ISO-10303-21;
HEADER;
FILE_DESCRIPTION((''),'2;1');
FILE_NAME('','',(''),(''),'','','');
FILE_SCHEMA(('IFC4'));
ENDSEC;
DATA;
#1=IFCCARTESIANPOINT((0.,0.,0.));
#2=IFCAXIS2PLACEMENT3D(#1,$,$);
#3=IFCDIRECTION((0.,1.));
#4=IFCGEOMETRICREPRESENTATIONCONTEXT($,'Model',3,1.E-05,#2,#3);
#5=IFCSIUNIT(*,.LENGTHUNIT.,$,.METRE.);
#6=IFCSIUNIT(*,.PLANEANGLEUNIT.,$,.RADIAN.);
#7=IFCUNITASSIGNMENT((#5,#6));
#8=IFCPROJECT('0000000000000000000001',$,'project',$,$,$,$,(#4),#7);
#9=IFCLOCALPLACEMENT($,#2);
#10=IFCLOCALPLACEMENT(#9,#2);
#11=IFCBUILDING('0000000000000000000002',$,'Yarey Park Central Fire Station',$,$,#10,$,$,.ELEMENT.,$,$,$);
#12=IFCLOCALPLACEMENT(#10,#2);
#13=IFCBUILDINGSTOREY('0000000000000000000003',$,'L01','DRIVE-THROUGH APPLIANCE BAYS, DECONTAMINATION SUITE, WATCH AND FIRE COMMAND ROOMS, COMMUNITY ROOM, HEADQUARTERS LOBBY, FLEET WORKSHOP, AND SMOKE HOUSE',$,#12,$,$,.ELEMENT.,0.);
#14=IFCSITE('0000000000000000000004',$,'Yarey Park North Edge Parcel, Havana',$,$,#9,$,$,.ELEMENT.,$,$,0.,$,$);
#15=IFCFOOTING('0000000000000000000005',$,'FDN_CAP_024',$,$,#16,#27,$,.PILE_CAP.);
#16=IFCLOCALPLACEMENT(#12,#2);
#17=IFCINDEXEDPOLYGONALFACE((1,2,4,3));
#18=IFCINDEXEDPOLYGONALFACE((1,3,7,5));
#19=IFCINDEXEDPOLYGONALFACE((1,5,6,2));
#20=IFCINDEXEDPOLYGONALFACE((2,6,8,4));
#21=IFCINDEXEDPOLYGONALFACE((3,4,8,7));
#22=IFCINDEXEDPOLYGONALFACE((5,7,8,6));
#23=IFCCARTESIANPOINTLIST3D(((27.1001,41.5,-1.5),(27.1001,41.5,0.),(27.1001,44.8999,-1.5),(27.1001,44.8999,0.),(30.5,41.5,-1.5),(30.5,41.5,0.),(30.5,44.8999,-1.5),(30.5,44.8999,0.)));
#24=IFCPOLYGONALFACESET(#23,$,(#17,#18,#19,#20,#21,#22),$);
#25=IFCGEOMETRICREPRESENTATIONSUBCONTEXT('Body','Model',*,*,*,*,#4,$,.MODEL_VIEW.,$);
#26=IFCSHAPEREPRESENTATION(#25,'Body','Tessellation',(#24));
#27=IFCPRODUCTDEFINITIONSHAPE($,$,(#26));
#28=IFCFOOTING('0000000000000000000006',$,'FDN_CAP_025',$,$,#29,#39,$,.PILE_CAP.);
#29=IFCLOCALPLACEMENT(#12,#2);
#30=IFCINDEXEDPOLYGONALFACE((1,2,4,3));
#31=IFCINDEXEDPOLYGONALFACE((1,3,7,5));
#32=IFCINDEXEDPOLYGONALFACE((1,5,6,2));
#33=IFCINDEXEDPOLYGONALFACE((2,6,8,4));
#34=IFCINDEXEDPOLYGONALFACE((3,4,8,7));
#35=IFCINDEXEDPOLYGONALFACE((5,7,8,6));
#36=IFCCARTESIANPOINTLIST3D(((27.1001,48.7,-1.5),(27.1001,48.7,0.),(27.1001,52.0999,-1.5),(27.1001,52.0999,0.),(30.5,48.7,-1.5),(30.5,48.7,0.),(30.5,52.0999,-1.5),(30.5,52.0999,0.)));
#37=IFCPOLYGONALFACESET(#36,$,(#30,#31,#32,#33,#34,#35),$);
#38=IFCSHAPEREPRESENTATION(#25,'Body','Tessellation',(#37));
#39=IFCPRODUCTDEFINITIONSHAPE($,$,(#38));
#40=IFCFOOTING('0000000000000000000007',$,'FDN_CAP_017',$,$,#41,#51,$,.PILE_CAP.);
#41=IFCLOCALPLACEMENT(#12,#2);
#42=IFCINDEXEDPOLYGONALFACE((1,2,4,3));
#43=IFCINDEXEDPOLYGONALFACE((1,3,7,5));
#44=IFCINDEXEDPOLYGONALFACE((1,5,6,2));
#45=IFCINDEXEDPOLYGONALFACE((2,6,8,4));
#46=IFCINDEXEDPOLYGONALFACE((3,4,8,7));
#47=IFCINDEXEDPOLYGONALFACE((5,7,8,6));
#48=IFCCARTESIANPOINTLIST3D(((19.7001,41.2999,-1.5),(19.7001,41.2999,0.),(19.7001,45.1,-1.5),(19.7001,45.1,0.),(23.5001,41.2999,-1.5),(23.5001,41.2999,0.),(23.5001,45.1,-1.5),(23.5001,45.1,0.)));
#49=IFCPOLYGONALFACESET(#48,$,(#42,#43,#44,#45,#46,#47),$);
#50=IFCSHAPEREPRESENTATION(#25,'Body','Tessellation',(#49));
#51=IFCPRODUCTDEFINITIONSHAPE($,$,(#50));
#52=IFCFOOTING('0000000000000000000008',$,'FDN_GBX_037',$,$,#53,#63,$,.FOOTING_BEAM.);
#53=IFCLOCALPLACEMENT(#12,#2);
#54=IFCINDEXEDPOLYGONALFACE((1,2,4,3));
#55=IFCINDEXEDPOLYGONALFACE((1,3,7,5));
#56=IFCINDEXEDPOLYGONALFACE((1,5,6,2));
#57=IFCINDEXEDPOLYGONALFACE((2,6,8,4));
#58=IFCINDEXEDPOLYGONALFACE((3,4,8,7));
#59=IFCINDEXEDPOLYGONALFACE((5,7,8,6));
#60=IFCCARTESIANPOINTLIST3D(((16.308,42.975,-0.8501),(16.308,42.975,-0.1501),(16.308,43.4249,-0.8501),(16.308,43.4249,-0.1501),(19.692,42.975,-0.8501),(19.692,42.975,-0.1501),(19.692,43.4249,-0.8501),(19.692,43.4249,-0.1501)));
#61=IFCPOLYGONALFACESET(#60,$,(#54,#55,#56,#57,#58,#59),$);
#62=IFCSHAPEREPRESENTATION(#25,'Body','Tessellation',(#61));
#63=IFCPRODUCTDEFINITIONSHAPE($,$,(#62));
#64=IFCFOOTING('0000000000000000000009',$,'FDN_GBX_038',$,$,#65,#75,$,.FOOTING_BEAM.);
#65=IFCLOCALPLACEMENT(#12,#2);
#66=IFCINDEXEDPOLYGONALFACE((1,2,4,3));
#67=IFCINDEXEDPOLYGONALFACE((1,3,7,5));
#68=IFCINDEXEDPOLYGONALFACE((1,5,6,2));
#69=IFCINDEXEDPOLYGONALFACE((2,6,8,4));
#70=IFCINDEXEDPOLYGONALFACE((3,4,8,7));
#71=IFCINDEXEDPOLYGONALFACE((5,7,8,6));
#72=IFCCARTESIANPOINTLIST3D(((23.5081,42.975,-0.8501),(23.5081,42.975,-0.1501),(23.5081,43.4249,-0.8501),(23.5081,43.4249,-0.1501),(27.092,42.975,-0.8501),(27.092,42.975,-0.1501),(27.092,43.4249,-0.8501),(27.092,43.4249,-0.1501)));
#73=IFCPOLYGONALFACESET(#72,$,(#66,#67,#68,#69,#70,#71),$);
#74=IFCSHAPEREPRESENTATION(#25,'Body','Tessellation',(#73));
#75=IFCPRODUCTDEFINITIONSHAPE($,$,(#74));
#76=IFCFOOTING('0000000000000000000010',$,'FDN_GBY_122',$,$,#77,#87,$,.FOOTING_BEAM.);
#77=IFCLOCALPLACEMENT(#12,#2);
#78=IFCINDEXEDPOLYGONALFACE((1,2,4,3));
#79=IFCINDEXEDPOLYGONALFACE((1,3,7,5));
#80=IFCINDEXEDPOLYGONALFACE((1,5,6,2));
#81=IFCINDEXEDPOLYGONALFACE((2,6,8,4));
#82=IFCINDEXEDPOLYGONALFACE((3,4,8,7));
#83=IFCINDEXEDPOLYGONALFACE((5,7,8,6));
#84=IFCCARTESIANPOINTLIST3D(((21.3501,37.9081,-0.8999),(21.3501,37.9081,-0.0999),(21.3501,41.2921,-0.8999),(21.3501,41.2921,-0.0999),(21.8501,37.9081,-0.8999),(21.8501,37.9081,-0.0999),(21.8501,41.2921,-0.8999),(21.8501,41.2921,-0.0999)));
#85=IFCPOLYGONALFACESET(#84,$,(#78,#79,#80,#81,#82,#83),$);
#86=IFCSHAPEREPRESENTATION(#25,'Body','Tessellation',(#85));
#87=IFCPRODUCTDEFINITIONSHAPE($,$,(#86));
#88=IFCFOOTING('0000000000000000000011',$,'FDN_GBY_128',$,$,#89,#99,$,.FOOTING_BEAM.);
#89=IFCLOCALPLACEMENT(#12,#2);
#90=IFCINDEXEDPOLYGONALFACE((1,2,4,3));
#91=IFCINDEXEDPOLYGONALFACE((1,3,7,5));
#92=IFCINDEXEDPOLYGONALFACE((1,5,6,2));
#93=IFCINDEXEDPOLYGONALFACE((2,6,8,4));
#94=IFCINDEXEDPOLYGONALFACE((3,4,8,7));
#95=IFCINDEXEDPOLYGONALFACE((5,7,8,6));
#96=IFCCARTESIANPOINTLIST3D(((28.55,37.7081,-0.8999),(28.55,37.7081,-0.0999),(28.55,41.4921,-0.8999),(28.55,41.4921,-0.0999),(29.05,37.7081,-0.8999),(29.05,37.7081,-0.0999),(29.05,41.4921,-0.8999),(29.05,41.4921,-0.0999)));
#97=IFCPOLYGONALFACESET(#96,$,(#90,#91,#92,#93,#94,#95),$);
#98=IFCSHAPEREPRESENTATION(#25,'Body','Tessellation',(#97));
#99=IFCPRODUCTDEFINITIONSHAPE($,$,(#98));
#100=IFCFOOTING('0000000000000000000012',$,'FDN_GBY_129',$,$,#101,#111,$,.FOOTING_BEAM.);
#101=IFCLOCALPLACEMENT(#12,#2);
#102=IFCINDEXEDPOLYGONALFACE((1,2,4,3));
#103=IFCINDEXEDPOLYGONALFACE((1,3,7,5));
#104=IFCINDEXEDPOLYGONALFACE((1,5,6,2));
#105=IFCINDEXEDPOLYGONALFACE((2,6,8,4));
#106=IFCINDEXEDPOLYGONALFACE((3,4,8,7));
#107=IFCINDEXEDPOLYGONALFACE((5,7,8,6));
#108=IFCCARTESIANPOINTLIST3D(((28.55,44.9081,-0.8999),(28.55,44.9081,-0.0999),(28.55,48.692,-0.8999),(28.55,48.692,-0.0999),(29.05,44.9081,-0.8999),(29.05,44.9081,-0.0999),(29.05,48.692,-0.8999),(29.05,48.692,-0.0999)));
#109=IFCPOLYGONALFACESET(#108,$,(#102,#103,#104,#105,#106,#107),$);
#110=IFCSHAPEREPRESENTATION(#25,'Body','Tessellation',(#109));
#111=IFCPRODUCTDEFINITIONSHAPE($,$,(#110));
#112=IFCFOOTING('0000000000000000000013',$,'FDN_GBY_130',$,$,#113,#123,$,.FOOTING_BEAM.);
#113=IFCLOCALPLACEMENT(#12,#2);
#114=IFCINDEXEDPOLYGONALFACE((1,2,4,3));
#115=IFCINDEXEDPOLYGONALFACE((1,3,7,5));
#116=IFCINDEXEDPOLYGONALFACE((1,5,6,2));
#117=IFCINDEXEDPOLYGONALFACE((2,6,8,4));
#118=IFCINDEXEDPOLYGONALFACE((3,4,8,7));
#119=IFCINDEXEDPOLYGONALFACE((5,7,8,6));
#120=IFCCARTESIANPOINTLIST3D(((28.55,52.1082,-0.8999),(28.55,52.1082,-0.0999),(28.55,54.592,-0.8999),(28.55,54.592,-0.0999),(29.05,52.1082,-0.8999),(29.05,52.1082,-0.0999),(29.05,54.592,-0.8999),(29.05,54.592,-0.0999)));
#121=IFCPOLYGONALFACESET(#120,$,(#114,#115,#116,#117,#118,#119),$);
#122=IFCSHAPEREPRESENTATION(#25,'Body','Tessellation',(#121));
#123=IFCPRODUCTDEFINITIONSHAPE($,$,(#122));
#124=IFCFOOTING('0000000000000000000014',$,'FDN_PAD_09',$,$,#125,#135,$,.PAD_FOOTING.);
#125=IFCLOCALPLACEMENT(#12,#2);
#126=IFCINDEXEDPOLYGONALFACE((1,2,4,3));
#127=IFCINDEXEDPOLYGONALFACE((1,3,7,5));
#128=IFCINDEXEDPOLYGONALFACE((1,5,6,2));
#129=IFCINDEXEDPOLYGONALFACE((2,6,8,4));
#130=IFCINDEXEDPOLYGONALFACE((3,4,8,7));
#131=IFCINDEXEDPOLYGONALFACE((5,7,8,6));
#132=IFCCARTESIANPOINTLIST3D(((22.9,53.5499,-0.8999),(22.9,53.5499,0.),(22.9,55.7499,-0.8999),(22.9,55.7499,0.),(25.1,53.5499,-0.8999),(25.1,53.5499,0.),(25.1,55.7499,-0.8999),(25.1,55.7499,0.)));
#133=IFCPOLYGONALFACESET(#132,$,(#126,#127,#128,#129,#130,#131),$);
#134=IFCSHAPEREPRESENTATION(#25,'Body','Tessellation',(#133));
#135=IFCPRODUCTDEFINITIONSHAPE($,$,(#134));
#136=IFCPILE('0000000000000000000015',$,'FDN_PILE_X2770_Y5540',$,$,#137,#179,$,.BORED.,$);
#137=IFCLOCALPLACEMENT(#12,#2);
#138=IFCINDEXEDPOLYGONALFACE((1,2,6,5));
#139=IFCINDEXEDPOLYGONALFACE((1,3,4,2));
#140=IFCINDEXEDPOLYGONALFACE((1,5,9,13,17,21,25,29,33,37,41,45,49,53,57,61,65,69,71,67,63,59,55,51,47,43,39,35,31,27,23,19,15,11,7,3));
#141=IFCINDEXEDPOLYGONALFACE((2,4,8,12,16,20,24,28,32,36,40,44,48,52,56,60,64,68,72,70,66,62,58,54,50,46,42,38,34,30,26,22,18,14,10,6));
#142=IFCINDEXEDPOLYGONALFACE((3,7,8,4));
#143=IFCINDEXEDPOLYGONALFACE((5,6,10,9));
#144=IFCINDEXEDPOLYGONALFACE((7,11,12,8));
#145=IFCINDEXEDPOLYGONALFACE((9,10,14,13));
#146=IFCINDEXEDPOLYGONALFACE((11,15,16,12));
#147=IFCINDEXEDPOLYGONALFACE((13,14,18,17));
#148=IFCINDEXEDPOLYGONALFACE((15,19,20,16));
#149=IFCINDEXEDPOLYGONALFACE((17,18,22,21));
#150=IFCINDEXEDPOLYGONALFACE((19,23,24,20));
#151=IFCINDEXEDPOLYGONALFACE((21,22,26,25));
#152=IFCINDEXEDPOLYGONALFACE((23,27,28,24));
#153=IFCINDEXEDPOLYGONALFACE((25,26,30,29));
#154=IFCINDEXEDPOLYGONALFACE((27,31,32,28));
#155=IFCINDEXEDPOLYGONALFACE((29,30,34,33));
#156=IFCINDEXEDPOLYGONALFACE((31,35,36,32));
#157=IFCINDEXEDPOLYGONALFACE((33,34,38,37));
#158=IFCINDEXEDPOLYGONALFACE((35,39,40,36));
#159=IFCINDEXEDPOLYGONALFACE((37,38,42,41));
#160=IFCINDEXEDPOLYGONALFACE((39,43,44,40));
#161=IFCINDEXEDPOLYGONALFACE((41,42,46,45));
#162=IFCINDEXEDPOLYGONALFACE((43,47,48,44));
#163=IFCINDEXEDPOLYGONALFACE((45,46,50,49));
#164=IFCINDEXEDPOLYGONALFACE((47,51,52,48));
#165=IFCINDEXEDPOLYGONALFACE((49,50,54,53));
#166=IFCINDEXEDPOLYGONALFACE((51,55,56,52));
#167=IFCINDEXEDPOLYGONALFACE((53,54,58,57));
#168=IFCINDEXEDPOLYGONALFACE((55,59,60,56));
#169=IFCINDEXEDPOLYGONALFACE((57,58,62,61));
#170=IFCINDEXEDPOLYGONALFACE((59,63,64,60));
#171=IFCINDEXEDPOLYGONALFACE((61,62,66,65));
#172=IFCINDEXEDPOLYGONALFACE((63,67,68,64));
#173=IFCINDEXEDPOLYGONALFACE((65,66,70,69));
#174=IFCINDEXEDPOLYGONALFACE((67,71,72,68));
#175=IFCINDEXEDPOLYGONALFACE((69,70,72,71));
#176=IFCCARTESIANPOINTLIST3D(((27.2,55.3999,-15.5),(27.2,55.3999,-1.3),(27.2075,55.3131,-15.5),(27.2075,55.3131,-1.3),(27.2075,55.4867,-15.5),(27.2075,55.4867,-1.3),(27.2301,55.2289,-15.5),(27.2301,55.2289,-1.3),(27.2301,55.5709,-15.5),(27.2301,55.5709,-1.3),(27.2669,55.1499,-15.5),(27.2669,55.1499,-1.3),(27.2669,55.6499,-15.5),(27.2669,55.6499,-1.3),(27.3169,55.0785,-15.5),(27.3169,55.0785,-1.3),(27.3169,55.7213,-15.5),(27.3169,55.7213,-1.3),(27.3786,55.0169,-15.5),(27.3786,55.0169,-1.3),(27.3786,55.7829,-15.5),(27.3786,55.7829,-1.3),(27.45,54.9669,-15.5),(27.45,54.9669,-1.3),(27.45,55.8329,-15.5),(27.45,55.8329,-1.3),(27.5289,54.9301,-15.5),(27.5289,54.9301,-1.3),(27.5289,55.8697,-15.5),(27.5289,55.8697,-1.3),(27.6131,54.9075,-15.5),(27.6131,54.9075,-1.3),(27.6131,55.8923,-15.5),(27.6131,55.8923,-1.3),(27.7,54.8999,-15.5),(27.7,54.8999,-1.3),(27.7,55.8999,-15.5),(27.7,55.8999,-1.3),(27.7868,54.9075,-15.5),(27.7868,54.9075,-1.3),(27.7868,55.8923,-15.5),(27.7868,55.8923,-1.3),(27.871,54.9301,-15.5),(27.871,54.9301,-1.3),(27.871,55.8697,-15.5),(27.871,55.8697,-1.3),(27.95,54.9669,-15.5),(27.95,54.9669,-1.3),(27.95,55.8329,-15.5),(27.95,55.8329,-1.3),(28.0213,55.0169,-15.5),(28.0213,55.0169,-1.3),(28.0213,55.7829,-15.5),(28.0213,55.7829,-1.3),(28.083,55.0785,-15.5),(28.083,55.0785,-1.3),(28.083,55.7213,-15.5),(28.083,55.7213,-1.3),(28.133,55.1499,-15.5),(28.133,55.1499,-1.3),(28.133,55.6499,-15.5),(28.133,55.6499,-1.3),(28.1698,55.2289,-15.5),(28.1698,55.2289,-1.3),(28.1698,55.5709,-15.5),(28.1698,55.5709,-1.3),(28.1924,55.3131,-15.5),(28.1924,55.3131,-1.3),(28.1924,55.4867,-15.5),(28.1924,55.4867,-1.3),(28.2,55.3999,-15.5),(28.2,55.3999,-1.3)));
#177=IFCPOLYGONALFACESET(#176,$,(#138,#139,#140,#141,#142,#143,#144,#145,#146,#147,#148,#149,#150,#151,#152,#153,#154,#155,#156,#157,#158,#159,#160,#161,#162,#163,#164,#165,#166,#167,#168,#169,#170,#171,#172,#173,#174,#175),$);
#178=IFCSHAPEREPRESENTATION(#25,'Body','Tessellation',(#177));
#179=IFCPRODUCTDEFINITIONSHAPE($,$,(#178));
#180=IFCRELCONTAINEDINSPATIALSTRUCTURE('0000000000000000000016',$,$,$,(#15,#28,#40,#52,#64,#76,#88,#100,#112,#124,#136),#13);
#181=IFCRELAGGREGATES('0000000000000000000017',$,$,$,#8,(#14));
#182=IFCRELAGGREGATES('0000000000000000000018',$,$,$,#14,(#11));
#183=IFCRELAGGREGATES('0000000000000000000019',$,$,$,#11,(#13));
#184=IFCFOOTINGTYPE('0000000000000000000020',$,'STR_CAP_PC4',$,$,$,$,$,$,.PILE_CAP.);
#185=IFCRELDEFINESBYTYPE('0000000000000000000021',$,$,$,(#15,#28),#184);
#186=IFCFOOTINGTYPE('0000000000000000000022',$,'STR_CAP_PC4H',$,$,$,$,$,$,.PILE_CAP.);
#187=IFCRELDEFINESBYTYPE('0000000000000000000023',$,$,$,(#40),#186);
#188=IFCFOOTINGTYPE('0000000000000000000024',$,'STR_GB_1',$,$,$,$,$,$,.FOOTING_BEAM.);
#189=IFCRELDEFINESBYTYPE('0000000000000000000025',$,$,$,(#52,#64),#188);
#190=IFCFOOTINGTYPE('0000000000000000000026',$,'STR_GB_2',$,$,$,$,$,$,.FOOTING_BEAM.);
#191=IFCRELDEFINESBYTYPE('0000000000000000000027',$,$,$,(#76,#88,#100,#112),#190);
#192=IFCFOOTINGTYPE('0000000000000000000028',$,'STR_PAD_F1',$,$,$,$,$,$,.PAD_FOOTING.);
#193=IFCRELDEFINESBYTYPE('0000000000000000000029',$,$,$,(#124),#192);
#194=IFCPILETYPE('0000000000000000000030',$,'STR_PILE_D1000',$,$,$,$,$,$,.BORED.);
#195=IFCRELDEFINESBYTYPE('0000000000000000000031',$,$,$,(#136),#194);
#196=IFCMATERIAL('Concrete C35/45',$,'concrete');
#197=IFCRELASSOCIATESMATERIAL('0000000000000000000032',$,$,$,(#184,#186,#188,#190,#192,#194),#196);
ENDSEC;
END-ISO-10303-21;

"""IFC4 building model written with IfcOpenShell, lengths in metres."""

from ifc_helpers import new_model, si_unit, direction, frame, origin, origin_2d, place, context, subcontext, project, spatial, rectangle, circle, extrude, material, material_profile, profile_set, type_object, element, save


model = new_model("IFC4")

# Units and contexts
model_context = context("Model", 3, precision=1e-05, world=origin(), true_north=direction((0.0, 1.0)))
body_context = subcontext(model_context, "Body", "Model", "MODEL_VIEW")
ifc_project = project(units=[si_unit("LENGTHUNIT", "METRE"), si_unit("PLANEANGLEUNIT", "RADIAN")], contexts=[model_context])

# Site, building, storey
site_placement = place(None, origin())
site = spatial("IfcSite", under=ifc_project, at=site_placement, Name="Yarey Park North Edge Parcel, Havana", CompositionType="ELEMENT", RefElevation=0.0)
building_placement = place(site_placement, origin())
building = spatial("IfcBuilding", under=site, at=building_placement, Name="Yarey Park Central Fire Station", CompositionType="ELEMENT")
storey_placement = place(building_placement, origin())
storey = spatial("IfcBuildingStorey", under=building, at=storey_placement, Name="L01", Description="DRIVE-THROUGH APPLIANCE BAYS, DECONTAMINATION SUITE, WATCH AND FIRE COMMAND ROOMS, COMMUNITY ROOM, HEADQUARTERS LOBBY, FLEET WORKSHOP, AND SMOKE HOUSE", CompositionType="ELEMENT", Elevation=0.0)

# Footings
ifc_material_1 = material(Name="Concrete C35/45", Category="concrete")
footing_type_1 = type_object("IfcFootingType", Name="STR_CAP_PC4", PredefinedType="PILE_CAP", material=ifc_material_1)
for number, where, z_axis, x_axis, name in (
    (1, (28.8, 43.2, -1.5), (0.0, 0.0, 1.0), (1.0, 0.0, 0.0), "FDN_CAP_024"),
    (2, (28.8, 50.3999, -1.5), (0.0, 0.0, 1.0), (1.0, 0.0, 0.0), "FDN_CAP_025"),
):
    element("IfcFooting", number, at=place(storey_placement, frame(where, z_axis=z_axis, x_axis=x_axis)), inside=storey, type_object=footing_type_1, Name=name, PredefinedType="PILE_CAP", context=body_context, shape_type="SweptSolid", body=[
        extrude(rectangle(XDim=3.3999, YDim=3.3999, at=origin_2d()), origin(), (0.0, 0.0, 1.0), 1.5),
    ])
footing_type_2 = type_object("IfcFootingType", Name="STR_CAP_PC4H", PredefinedType="PILE_CAP", material=ifc_material_1)
footing_1_placement = place(storey_placement, frame((21.6001, 43.2, -1.5), z_axis=(0.0, 0.0, 1.0), x_axis=(1.0, 0.0, 0.0)))
element("IfcFooting", 3, at=footing_1_placement, inside=storey, type_object=footing_type_2, Name="FDN_CAP_017", PredefinedType="PILE_CAP", context=body_context, shape_type="SweptSolid", body=[
    extrude(rectangle(XDim=3.8, YDim=3.8, at=origin_2d()), origin(), (0.0, 0.0, 1.0), 1.5),
])
footing_type_3 = type_object("IfcFootingType", Name="STR_GB_1", PredefinedType="FOOTING_BEAM", material=ifc_material_1)
footing_2_placement = place(storey_placement, frame((18.0, 43.2, -0.8501), z_axis=(0.0, 0.0, 1.0), x_axis=(1.0, 0.0, 0.0)))
element("IfcFooting", 4, at=footing_2_placement, inside=storey, type_object=footing_type_3, Name="FDN_GBX_037", PredefinedType="FOOTING_BEAM", context=body_context, shape_type="SweptSolid", body=[
    extrude(rectangle(XDim=3.384, YDim=0.45, at=origin_2d()), origin(), (0.0, 0.0, 1.0), 0.7),
])
footing_3_placement = place(storey_placement, frame((25.3, 43.2, -0.8501), z_axis=(0.0, 0.0, 1.0), x_axis=(1.0, 0.0, 0.0)))
element("IfcFooting", 5, at=footing_3_placement, inside=storey, type_object=footing_type_3, Name="FDN_GBX_038", PredefinedType="FOOTING_BEAM", context=body_context, shape_type="SweptSolid", body=[
    extrude(rectangle(XDim=3.584, YDim=0.45, at=origin_2d()), origin(), (0.0, 0.0, 1.0), 0.7),
])
footing_type_4 = type_object("IfcFootingType", Name="STR_GB_2", PredefinedType="FOOTING_BEAM", material=ifc_material_1)
footing_4_placement = place(storey_placement, frame((21.6001, 39.6001, -0.8999), z_axis=(0.0, 0.0, 1.0), x_axis=(1.0, 0.0, 0.0)))
element("IfcFooting", 6, at=footing_4_placement, inside=storey, type_object=footing_type_4, Name="FDN_GBY_122", PredefinedType="FOOTING_BEAM", context=body_context, shape_type="SweptSolid", body=[
    extrude(rectangle(XDim=0.5, YDim=3.384, at=origin_2d()), origin(), (0.0, 0.0, 1.0), 0.8),
])
for number, where, z_axis, x_axis, name in (
    (7, (28.8, 39.6001, -0.8999), (0.0, 0.0, 1.0), (1.0, 0.0, 0.0), "FDN_GBY_128"),
    (8, (28.8, 46.8, -0.8999), (0.0, 0.0, 1.0), (1.0, 0.0, 0.0), "FDN_GBY_129"),
):
    element("IfcFooting", number, at=place(storey_placement, frame(where, z_axis=z_axis, x_axis=x_axis)), inside=storey, type_object=footing_type_4, Name=name, PredefinedType="FOOTING_BEAM", context=body_context, shape_type="SweptSolid", body=[
        extrude(rectangle(XDim=0.5, YDim=3.7839, at=origin_2d()), origin(), (0.0, 0.0, 1.0), 0.8),
    ])
footing_5_placement = place(storey_placement, frame((28.8, 53.3501, -0.8999), z_axis=(0.0, 0.0, 1.0), x_axis=(1.0, 0.0, 0.0)))
element("IfcFooting", 9, at=footing_5_placement, inside=storey, type_object=footing_type_4, Name="FDN_GBY_130", PredefinedType="FOOTING_BEAM", context=body_context, shape_type="SweptSolid", body=[
    extrude(rectangle(XDim=0.5, YDim=2.4839, at=origin_2d()), origin(), (0.0, 0.0, 1.0), 0.8),
])
footing_type_5 = type_object("IfcFootingType", Name="STR_PAD_F1", PredefinedType="PAD_FOOTING", material=ifc_material_1)
footing_6_placement = place(storey_placement, frame((24.0, 54.6499, -0.8999), z_axis=(0.0, 0.0, 1.0), x_axis=(1.0, 0.0, 0.0)))
element("IfcFooting", 10, at=footing_6_placement, inside=storey, type_object=footing_type_5, Name="FDN_PAD_09", PredefinedType="PAD_FOOTING", context=body_context, shape_type="SweptSolid", body=[
    extrude(rectangle(XDim=2.2, YDim=2.2, at=origin_2d()), origin(), (0.0, 0.0, 1.0), 0.8999),
])

# Pile
ifc_material_profile_1 = material_profile(ifc_material_1, circle(Radius=0.5, at=origin_2d()), Name="BORED PILE D1000")
ifc_profile_set_1 = profile_set([ifc_material_profile_1], Name="Concrete C35/45")
pile_type_1 = type_object("IfcPileType", Name="STR_PILE_D1000", PredefinedType="BORED", material=ifc_profile_set_1)
for number, where, z_axis, x_axis, name in (
    (11, (27.7, 55.3999, -1.3), (0.0, 0.0, -1.0), (1.0, 0.0, 0.0), "FDN_PILE_X2770_Y5540"),
):
    element("IfcPile", number, at=place(storey_placement, frame(where, z_axis=z_axis, x_axis=x_axis)), inside=storey, type_object=pile_type_1, Name=name, PredefinedType="BORED", context=body_context, shape_type="SweptSolid", body=[
        extrude(circle(Radius=0.5, at=origin_2d()), origin(), (0.0, 0.0, 1.0), 14.2),
    ])

save(model, "model.ifc")
